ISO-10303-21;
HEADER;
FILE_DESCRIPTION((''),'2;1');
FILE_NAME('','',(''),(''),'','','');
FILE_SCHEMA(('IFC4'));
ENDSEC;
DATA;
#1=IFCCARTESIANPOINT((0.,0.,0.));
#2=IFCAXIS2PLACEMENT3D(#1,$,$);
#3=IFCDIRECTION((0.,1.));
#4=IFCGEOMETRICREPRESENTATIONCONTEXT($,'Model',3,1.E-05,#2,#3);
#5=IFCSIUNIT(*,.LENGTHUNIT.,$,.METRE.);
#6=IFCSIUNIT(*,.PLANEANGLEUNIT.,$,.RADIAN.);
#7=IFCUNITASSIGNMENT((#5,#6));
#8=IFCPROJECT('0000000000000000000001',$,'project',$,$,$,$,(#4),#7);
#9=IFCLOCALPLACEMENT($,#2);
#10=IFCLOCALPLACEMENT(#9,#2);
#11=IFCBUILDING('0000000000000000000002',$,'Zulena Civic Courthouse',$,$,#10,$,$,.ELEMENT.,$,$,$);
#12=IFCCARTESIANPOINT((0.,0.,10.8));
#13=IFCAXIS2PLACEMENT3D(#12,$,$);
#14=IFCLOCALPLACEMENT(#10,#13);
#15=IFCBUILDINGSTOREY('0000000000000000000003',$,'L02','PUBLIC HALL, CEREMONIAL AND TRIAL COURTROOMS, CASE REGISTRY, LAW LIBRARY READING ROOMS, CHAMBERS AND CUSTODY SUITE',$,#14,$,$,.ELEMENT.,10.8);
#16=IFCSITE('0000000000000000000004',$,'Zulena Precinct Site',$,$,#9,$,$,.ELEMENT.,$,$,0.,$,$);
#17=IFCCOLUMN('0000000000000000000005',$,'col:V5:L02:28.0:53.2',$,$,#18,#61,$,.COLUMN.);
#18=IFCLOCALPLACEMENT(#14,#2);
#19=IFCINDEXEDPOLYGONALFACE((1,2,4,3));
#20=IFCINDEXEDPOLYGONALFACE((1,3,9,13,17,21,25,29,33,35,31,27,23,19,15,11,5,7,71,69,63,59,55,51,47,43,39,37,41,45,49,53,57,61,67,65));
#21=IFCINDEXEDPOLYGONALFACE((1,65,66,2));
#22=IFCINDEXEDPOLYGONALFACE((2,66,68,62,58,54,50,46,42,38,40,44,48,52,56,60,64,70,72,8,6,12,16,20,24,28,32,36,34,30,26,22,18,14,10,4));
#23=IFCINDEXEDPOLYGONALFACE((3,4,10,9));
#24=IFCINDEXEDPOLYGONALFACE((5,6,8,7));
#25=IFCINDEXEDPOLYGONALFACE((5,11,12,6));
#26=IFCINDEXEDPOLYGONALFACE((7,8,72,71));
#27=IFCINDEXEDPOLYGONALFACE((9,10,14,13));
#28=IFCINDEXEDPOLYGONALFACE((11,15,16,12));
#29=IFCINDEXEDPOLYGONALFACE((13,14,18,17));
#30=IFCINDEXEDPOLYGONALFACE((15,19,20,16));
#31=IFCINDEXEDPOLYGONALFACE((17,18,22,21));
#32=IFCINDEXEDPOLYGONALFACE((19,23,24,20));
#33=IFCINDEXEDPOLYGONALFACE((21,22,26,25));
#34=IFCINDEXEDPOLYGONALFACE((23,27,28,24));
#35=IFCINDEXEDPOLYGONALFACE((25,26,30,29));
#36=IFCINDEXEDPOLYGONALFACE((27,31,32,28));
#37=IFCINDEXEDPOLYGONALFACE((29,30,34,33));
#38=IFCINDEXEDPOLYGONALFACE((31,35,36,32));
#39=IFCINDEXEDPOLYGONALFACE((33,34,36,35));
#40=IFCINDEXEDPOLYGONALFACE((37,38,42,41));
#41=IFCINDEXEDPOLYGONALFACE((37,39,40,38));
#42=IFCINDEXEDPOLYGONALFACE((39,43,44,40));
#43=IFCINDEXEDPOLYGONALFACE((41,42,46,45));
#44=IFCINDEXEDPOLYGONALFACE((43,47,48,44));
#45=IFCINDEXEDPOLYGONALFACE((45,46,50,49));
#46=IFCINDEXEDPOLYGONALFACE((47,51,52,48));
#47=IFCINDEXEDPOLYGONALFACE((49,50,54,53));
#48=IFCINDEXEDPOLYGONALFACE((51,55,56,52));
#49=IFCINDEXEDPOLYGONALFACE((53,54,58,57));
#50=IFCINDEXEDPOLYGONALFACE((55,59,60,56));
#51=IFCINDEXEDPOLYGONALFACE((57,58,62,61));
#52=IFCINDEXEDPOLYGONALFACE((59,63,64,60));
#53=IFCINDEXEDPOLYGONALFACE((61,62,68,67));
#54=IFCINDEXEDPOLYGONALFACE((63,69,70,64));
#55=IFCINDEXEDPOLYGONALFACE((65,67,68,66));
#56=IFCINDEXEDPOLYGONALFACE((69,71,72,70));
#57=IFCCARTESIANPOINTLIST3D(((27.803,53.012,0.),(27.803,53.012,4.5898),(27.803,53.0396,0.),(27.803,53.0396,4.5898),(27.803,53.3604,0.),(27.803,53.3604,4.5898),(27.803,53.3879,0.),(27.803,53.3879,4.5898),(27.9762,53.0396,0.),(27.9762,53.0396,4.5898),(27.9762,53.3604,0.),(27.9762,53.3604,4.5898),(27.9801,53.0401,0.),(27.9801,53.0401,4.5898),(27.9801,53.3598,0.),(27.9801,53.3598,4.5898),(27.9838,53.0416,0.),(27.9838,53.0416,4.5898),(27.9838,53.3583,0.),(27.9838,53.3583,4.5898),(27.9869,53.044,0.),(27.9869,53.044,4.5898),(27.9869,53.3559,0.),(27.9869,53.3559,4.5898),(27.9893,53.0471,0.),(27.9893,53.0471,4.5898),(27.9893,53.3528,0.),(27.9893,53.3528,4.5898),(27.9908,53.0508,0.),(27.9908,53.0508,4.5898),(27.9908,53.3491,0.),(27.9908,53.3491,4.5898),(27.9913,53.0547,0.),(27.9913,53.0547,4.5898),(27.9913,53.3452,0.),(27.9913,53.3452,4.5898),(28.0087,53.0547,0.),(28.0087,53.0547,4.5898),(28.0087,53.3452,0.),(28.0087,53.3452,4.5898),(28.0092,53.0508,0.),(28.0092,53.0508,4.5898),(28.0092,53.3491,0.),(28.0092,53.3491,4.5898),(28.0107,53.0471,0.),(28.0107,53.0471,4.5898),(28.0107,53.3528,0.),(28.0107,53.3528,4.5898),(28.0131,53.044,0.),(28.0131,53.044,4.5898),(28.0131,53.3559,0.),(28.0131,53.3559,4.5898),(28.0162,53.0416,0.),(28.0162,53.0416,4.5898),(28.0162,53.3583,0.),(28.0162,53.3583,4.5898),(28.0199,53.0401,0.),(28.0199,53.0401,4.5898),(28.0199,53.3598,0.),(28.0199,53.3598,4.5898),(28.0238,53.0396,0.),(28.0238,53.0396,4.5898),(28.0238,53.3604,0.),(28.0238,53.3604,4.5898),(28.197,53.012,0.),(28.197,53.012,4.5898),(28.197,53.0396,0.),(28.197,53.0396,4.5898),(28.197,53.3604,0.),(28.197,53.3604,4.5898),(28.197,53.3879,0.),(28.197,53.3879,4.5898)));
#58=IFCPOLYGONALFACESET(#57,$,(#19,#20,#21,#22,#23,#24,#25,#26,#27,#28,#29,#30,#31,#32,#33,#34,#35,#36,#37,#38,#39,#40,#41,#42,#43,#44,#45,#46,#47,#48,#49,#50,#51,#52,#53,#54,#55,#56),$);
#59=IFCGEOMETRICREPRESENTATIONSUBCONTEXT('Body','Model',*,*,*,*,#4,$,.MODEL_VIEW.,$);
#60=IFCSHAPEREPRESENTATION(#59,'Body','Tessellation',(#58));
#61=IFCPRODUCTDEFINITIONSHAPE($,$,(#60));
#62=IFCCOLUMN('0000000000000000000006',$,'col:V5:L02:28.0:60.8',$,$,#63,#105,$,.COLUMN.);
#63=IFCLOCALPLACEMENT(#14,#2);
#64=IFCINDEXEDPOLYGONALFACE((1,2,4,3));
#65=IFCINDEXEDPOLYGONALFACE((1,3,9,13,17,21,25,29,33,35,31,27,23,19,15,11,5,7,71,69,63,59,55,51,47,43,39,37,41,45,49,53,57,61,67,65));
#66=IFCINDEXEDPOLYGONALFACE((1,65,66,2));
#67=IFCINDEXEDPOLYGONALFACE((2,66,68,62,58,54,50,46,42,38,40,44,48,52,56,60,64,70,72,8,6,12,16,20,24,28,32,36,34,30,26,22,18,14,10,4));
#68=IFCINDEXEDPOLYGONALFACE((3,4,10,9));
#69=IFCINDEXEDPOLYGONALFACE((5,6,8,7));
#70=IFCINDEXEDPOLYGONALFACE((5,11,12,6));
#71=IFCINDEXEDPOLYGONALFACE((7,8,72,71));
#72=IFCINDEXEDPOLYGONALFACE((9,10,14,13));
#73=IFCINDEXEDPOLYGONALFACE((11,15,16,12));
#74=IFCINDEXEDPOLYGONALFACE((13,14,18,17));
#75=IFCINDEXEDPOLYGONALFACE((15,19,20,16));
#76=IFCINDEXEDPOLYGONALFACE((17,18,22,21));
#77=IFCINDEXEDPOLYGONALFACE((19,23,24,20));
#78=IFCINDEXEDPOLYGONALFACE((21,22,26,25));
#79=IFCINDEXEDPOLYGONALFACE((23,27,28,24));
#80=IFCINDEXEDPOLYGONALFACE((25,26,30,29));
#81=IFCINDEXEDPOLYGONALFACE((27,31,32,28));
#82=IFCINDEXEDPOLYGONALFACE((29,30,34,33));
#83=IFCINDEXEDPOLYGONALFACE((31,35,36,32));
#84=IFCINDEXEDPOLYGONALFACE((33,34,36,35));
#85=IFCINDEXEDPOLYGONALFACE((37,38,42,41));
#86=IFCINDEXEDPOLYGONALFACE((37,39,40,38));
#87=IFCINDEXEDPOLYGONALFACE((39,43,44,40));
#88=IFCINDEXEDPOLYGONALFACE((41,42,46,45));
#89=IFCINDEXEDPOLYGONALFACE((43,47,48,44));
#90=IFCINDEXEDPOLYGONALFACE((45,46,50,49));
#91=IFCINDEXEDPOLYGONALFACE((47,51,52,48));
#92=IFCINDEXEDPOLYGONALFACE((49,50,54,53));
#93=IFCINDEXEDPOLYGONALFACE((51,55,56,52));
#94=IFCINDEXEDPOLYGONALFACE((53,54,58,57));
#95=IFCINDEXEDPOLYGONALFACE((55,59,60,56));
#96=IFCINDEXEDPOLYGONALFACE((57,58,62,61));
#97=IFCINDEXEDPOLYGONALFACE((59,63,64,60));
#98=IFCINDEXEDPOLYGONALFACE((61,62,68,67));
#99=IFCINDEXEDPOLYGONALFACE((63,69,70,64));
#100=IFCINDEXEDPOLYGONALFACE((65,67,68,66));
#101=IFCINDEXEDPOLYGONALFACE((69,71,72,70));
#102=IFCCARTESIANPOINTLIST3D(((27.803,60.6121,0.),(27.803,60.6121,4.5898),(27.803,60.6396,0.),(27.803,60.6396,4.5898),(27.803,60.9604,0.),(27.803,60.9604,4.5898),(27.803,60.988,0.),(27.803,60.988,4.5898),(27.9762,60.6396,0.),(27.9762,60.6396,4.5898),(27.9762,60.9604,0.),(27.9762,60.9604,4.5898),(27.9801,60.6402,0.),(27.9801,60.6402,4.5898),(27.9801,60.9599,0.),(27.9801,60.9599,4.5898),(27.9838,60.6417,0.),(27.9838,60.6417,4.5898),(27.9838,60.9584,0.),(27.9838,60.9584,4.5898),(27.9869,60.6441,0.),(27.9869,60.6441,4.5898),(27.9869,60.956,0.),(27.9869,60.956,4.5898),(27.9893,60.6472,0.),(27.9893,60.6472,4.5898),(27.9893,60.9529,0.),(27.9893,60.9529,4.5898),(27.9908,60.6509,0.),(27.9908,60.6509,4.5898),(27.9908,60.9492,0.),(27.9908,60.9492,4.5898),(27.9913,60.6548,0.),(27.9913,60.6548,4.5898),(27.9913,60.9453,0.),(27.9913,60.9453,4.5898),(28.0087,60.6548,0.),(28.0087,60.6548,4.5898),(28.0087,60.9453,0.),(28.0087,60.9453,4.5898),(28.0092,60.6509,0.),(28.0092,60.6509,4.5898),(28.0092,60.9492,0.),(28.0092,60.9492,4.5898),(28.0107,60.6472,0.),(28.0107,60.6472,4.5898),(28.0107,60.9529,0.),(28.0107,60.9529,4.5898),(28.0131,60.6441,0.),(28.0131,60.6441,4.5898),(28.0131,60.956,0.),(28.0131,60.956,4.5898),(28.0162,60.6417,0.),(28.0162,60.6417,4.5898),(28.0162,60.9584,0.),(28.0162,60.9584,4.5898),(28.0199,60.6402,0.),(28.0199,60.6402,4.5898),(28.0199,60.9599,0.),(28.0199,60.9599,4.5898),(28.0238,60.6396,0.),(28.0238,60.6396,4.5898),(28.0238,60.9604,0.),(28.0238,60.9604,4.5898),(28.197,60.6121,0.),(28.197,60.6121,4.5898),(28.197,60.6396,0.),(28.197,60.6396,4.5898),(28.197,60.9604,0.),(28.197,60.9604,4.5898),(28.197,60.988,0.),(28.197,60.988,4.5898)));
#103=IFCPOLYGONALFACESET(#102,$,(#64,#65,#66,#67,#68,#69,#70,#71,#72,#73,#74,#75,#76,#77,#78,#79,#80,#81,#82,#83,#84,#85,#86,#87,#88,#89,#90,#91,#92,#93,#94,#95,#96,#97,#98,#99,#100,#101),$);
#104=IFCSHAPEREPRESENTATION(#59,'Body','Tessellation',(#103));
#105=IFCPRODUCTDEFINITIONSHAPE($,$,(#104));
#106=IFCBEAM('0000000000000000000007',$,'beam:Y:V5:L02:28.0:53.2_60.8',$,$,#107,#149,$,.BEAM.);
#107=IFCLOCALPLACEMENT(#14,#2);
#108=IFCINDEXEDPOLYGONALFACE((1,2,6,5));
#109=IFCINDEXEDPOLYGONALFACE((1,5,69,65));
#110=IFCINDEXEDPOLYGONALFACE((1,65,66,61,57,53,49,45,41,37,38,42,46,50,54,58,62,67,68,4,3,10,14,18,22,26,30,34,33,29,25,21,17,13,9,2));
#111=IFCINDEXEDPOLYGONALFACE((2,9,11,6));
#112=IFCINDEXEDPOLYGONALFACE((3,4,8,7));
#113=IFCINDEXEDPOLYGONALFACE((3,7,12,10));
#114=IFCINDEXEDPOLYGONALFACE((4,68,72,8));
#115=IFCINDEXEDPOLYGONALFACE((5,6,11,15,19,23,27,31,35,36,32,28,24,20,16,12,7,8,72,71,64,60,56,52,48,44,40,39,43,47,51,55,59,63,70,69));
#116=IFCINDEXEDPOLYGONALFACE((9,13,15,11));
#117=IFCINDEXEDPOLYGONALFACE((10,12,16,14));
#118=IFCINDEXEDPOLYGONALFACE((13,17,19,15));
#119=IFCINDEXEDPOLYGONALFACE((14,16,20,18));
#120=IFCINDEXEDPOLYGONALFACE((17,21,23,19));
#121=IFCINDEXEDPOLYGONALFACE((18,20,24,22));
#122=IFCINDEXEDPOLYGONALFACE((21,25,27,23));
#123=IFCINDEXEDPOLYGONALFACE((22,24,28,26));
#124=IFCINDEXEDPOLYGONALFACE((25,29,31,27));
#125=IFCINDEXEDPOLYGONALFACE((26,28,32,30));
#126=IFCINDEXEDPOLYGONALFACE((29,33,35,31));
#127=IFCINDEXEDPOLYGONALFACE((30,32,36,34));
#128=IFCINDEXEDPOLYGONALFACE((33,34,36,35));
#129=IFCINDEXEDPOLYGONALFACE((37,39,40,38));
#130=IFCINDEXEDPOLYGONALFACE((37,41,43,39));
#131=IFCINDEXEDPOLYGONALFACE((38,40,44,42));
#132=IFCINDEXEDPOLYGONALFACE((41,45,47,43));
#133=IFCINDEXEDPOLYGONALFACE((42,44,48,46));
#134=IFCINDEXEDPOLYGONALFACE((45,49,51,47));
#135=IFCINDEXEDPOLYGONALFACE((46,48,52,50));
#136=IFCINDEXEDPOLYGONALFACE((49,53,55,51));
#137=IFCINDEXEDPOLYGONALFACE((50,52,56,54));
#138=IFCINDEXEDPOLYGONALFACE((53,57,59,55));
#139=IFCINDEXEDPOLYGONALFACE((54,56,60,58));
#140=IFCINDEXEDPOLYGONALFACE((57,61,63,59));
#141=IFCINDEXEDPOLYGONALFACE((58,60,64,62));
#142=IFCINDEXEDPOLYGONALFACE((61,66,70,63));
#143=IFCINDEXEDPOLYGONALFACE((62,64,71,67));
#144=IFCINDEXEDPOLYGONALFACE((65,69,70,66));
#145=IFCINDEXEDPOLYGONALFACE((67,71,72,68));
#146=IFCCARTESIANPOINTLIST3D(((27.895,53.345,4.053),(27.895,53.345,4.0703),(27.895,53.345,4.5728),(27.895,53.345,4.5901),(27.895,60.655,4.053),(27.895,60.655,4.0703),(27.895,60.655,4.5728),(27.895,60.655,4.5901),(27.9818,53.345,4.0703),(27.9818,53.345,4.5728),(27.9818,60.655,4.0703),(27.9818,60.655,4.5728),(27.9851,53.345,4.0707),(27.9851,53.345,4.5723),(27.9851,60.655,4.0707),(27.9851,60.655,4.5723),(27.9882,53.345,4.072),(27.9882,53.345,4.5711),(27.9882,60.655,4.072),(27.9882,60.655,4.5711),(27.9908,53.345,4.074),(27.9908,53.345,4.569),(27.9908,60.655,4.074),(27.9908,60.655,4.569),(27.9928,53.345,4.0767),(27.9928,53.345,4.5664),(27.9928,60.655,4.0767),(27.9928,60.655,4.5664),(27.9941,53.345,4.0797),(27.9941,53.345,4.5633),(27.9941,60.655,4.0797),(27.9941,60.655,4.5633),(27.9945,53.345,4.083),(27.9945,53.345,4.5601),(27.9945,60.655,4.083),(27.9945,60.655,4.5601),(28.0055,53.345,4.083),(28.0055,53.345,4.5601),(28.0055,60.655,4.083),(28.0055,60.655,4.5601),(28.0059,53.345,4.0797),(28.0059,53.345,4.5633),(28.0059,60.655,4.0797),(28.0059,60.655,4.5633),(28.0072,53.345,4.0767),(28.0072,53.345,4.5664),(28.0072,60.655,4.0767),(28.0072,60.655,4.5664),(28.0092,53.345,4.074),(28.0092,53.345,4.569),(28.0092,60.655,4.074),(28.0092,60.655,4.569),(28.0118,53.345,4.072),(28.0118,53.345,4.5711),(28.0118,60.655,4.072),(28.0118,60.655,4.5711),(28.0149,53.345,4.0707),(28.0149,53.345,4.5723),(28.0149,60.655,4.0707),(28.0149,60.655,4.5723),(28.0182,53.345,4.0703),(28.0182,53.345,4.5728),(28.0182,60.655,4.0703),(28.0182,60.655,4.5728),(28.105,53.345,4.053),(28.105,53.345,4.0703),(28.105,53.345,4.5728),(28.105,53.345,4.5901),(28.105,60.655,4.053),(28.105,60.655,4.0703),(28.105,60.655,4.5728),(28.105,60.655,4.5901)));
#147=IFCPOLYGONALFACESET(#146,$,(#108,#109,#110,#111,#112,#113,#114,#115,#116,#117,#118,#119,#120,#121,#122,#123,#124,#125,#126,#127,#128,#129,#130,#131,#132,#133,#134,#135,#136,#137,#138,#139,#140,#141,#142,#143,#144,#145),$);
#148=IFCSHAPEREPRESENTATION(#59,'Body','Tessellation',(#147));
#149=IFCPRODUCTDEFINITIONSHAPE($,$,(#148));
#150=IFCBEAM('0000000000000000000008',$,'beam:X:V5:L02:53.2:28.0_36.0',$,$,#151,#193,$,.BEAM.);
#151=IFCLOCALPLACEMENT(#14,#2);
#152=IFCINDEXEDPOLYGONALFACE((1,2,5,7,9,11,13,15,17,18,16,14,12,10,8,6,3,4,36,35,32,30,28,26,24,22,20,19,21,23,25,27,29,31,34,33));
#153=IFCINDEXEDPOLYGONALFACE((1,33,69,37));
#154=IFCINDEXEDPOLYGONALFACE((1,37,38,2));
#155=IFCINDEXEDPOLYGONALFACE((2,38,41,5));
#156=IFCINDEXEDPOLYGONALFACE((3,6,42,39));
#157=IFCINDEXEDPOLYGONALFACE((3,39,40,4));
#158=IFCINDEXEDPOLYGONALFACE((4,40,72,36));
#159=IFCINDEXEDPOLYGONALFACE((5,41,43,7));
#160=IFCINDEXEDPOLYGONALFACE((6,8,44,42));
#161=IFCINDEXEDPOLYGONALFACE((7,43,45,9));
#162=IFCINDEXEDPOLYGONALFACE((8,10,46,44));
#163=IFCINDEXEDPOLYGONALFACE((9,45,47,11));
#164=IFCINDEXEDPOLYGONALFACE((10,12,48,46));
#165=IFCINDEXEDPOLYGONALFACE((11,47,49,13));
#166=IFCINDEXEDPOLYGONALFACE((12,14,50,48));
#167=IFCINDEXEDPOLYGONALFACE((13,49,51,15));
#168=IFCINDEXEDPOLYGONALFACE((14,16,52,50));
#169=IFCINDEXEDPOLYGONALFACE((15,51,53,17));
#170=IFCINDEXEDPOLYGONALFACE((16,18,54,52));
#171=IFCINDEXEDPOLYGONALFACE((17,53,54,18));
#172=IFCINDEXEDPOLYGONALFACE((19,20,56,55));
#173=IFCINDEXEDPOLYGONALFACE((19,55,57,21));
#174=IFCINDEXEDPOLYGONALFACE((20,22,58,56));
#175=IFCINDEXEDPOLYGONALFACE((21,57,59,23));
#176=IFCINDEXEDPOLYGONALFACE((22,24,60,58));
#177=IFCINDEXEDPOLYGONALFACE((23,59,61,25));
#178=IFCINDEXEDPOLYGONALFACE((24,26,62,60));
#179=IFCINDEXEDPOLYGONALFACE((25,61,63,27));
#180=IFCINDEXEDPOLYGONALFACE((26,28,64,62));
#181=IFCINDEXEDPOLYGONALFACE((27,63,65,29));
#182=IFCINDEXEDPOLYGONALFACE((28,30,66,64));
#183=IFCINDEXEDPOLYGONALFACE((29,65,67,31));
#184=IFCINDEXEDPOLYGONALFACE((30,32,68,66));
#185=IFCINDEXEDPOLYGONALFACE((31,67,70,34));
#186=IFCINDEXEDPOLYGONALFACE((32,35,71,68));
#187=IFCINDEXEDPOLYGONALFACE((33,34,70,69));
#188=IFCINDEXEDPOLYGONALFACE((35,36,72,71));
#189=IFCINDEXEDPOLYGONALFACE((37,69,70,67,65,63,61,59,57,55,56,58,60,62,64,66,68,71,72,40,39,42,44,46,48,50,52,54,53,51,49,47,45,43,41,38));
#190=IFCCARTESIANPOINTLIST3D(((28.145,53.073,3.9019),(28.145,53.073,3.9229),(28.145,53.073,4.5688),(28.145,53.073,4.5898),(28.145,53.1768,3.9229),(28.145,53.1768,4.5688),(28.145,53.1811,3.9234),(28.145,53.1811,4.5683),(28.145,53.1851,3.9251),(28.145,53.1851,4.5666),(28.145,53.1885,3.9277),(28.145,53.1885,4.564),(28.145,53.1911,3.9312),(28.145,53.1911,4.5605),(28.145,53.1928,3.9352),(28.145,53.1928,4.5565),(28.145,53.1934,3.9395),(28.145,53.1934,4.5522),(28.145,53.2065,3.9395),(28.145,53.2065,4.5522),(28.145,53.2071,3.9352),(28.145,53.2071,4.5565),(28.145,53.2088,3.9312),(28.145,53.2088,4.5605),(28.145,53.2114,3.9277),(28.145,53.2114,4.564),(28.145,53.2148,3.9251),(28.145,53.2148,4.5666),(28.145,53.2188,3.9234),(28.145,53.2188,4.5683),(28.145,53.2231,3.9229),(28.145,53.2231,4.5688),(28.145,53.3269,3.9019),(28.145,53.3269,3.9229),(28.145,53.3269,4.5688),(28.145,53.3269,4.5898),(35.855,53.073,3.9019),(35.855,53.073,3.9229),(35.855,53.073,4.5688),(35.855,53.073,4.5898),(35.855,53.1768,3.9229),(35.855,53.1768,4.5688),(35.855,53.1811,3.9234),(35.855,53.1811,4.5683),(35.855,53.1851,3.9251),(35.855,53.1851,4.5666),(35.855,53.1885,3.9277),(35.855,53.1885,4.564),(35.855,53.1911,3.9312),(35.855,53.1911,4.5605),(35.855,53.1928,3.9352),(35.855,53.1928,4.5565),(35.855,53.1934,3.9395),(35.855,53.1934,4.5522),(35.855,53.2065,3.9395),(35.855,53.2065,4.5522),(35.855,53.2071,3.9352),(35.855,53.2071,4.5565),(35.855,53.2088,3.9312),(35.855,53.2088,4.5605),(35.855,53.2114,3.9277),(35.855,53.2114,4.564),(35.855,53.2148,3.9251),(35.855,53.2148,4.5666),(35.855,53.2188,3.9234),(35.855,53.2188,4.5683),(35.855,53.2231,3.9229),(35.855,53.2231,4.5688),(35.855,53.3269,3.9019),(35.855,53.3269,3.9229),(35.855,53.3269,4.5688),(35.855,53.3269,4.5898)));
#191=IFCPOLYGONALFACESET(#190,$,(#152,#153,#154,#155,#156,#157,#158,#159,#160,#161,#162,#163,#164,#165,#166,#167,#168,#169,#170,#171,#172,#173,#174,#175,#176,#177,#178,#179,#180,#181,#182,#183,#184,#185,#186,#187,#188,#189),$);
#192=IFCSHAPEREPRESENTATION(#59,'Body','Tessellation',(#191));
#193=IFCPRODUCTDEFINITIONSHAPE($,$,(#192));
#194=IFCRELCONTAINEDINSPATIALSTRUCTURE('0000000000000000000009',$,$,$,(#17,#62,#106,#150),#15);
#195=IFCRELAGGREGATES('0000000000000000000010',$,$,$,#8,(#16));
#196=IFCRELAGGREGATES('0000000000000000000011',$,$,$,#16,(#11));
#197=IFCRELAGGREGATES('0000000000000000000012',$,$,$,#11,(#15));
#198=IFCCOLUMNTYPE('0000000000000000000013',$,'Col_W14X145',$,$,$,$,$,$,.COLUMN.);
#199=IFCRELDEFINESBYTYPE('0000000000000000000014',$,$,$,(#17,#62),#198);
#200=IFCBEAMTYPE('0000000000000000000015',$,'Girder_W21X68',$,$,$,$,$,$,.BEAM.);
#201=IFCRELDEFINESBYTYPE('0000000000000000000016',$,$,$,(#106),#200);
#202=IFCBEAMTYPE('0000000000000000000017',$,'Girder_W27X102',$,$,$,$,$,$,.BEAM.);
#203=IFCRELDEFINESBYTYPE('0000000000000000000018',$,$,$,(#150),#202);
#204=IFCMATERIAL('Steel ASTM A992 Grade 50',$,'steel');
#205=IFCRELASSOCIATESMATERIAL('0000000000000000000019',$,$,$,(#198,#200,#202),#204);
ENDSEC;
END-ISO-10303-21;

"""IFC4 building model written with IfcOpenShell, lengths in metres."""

from ifc_helpers import new_model, si_unit, direction, frame, origin, origin_2d, place, context, subcontext, project, spatial, i_section, extrude, material, material_profile, profile_set, type_object, element, save


model = new_model("IFC4")

# Units and contexts
model_context = context("Model", 3, precision=1e-05, world=origin(), true_north=direction((0.0, 1.0)))
body_context = subcontext(model_context, "Body", "Model", "MODEL_VIEW")
ifc_project = project(units=[si_unit("LENGTHUNIT", "METRE"), si_unit("PLANEANGLEUNIT", "RADIAN")], contexts=[model_context])

# Site, building, storey
site_placement = place(None, origin())
site = spatial("IfcSite", under=ifc_project, at=site_placement, Name="Zulena Precinct Site", CompositionType="ELEMENT", RefElevation=0.0)
building_placement = place(site_placement, origin())
building = spatial("IfcBuilding", under=site, at=building_placement, Name="Zulena Civic Courthouse", CompositionType="ELEMENT")
storey_placement = place(building_placement, frame((0.0, 0.0, 10.8)))
storey = spatial("IfcBuildingStorey", under=building, at=storey_placement, Name="L02", Description="PUBLIC HALL, CEREMONIAL AND TRIAL COURTROOMS, CASE REGISTRY, LAW LIBRARY READING ROOMS, CHAMBERS AND CUSTODY SUITE", CompositionType="ELEMENT", Elevation=10.8)

# Columns
ifc_material_1 = material(Name="Steel ASTM A992 Grade 50", Category="steel")
ifc_material_profile_1 = material_profile(ifc_material_1, i_section(OverallWidth=0.394, OverallDepth=0.376, WebThickness=0.0173, FlangeThickness=0.0276, FilletRadius=0.0151, at=origin_2d()), Name="W14X145")
ifc_profile_set_1 = profile_set([ifc_material_profile_1], Name="Steel ASTM A992 Grade 50")
column_type_1 = type_object("IfcColumnType", Name="Col_W14X145", PredefinedType="COLUMN", material=ifc_profile_set_1)
for number, where, z_axis, x_axis, name in (
    (1, (28.0, 53.2, 0.0), (0.0, 0.0, 1.0), (1.0, 0.0, 0.0), "col:V5:L02:28.0:53.2"),
    (2, (28.0, 60.8, 0.0), (0.0, 0.0, 1.0), (1.0, 0.0, 0.0), "col:V5:L02:28.0:60.8"),
):
    element("IfcColumn", number, at=place(storey_placement, frame(where, z_axis=z_axis, x_axis=x_axis)), inside=storey, type_object=column_type_1, Name=name, PredefinedType="COLUMN", context=body_context, shape_type="SweptSolid", body=[
        extrude(i_section(OverallWidth=0.394, OverallDepth=0.376, WebThickness=0.0173, FlangeThickness=0.0276, FilletRadius=0.0151, at=origin_2d()), origin(), (0.0, 0.0, 1.0), 4.5898),
    ])

# Beams
ifc_material_profile_2 = material_profile(ifc_material_1, i_section(OverallWidth=0.21, OverallDepth=0.5371, WebThickness=0.011, FlangeThickness=0.0173, FilletRadius=0.0127, at=origin_2d()), Name="W21X68")
ifc_profile_set_2 = profile_set([ifc_material_profile_2], Name="Steel ASTM A992 Grade 50")
beam_type_1 = type_object("IfcBeamType", Name="Girder_W21X68", PredefinedType="BEAM", material=ifc_profile_set_2)
beam_1_placement = place(storey_placement, frame((28.0, 53.345, 4.3215), z_axis=(0.0, 1.0, 0.0), x_axis=(-1.0, 0.0, 0.0)))
element("IfcBeam", 3, at=beam_1_placement, inside=storey, type_object=beam_type_1, Name="beam:Y:V5:L02:28.0:53.2_60.8", PredefinedType="BEAM", context=body_context, shape_type="SweptSolid", body=[
    extrude(i_section(OverallWidth=0.21, OverallDepth=0.5371, WebThickness=0.011, FlangeThickness=0.0173, FilletRadius=0.0127, at=origin_2d()), origin(), (0.0, 0.0, 1.0), 7.3101),
])
ifc_material_profile_3 = material_profile(ifc_material_1, i_section(OverallWidth=0.2539, OverallDepth=0.688, WebThickness=0.0132, FlangeThickness=0.021, FilletRadius=0.0166, at=origin_2d()), Name="W27X102")
ifc_profile_set_3 = profile_set([ifc_material_profile_3], Name="Steel ASTM A992 Grade 50")
beam_type_2 = type_object("IfcBeamType", Name="Girder_W27X102", PredefinedType="BEAM", material=ifc_profile_set_3)
for number, where, z_axis, x_axis, name in (
    (4, (28.145, 53.2, 4.2458), (1.0, 0.0, 0.0), (0.0, 1.0, 0.0), "beam:X:V5:L02:53.2:28.0_36.0"),
):
    element("IfcBeam", number, at=place(storey_placement, frame(where, z_axis=z_axis, x_axis=x_axis)), inside=storey, type_object=beam_type_2, Name=name, PredefinedType="BEAM", context=body_context, shape_type="SweptSolid", body=[
        extrude(i_section(OverallWidth=0.2539, OverallDepth=0.688, WebThickness=0.0132, FlangeThickness=0.021, FilletRadius=0.0166, at=origin_2d()), origin(), (0.0, 0.0, 1.0), 7.71),
    ])

save(model, "model.ifc")
